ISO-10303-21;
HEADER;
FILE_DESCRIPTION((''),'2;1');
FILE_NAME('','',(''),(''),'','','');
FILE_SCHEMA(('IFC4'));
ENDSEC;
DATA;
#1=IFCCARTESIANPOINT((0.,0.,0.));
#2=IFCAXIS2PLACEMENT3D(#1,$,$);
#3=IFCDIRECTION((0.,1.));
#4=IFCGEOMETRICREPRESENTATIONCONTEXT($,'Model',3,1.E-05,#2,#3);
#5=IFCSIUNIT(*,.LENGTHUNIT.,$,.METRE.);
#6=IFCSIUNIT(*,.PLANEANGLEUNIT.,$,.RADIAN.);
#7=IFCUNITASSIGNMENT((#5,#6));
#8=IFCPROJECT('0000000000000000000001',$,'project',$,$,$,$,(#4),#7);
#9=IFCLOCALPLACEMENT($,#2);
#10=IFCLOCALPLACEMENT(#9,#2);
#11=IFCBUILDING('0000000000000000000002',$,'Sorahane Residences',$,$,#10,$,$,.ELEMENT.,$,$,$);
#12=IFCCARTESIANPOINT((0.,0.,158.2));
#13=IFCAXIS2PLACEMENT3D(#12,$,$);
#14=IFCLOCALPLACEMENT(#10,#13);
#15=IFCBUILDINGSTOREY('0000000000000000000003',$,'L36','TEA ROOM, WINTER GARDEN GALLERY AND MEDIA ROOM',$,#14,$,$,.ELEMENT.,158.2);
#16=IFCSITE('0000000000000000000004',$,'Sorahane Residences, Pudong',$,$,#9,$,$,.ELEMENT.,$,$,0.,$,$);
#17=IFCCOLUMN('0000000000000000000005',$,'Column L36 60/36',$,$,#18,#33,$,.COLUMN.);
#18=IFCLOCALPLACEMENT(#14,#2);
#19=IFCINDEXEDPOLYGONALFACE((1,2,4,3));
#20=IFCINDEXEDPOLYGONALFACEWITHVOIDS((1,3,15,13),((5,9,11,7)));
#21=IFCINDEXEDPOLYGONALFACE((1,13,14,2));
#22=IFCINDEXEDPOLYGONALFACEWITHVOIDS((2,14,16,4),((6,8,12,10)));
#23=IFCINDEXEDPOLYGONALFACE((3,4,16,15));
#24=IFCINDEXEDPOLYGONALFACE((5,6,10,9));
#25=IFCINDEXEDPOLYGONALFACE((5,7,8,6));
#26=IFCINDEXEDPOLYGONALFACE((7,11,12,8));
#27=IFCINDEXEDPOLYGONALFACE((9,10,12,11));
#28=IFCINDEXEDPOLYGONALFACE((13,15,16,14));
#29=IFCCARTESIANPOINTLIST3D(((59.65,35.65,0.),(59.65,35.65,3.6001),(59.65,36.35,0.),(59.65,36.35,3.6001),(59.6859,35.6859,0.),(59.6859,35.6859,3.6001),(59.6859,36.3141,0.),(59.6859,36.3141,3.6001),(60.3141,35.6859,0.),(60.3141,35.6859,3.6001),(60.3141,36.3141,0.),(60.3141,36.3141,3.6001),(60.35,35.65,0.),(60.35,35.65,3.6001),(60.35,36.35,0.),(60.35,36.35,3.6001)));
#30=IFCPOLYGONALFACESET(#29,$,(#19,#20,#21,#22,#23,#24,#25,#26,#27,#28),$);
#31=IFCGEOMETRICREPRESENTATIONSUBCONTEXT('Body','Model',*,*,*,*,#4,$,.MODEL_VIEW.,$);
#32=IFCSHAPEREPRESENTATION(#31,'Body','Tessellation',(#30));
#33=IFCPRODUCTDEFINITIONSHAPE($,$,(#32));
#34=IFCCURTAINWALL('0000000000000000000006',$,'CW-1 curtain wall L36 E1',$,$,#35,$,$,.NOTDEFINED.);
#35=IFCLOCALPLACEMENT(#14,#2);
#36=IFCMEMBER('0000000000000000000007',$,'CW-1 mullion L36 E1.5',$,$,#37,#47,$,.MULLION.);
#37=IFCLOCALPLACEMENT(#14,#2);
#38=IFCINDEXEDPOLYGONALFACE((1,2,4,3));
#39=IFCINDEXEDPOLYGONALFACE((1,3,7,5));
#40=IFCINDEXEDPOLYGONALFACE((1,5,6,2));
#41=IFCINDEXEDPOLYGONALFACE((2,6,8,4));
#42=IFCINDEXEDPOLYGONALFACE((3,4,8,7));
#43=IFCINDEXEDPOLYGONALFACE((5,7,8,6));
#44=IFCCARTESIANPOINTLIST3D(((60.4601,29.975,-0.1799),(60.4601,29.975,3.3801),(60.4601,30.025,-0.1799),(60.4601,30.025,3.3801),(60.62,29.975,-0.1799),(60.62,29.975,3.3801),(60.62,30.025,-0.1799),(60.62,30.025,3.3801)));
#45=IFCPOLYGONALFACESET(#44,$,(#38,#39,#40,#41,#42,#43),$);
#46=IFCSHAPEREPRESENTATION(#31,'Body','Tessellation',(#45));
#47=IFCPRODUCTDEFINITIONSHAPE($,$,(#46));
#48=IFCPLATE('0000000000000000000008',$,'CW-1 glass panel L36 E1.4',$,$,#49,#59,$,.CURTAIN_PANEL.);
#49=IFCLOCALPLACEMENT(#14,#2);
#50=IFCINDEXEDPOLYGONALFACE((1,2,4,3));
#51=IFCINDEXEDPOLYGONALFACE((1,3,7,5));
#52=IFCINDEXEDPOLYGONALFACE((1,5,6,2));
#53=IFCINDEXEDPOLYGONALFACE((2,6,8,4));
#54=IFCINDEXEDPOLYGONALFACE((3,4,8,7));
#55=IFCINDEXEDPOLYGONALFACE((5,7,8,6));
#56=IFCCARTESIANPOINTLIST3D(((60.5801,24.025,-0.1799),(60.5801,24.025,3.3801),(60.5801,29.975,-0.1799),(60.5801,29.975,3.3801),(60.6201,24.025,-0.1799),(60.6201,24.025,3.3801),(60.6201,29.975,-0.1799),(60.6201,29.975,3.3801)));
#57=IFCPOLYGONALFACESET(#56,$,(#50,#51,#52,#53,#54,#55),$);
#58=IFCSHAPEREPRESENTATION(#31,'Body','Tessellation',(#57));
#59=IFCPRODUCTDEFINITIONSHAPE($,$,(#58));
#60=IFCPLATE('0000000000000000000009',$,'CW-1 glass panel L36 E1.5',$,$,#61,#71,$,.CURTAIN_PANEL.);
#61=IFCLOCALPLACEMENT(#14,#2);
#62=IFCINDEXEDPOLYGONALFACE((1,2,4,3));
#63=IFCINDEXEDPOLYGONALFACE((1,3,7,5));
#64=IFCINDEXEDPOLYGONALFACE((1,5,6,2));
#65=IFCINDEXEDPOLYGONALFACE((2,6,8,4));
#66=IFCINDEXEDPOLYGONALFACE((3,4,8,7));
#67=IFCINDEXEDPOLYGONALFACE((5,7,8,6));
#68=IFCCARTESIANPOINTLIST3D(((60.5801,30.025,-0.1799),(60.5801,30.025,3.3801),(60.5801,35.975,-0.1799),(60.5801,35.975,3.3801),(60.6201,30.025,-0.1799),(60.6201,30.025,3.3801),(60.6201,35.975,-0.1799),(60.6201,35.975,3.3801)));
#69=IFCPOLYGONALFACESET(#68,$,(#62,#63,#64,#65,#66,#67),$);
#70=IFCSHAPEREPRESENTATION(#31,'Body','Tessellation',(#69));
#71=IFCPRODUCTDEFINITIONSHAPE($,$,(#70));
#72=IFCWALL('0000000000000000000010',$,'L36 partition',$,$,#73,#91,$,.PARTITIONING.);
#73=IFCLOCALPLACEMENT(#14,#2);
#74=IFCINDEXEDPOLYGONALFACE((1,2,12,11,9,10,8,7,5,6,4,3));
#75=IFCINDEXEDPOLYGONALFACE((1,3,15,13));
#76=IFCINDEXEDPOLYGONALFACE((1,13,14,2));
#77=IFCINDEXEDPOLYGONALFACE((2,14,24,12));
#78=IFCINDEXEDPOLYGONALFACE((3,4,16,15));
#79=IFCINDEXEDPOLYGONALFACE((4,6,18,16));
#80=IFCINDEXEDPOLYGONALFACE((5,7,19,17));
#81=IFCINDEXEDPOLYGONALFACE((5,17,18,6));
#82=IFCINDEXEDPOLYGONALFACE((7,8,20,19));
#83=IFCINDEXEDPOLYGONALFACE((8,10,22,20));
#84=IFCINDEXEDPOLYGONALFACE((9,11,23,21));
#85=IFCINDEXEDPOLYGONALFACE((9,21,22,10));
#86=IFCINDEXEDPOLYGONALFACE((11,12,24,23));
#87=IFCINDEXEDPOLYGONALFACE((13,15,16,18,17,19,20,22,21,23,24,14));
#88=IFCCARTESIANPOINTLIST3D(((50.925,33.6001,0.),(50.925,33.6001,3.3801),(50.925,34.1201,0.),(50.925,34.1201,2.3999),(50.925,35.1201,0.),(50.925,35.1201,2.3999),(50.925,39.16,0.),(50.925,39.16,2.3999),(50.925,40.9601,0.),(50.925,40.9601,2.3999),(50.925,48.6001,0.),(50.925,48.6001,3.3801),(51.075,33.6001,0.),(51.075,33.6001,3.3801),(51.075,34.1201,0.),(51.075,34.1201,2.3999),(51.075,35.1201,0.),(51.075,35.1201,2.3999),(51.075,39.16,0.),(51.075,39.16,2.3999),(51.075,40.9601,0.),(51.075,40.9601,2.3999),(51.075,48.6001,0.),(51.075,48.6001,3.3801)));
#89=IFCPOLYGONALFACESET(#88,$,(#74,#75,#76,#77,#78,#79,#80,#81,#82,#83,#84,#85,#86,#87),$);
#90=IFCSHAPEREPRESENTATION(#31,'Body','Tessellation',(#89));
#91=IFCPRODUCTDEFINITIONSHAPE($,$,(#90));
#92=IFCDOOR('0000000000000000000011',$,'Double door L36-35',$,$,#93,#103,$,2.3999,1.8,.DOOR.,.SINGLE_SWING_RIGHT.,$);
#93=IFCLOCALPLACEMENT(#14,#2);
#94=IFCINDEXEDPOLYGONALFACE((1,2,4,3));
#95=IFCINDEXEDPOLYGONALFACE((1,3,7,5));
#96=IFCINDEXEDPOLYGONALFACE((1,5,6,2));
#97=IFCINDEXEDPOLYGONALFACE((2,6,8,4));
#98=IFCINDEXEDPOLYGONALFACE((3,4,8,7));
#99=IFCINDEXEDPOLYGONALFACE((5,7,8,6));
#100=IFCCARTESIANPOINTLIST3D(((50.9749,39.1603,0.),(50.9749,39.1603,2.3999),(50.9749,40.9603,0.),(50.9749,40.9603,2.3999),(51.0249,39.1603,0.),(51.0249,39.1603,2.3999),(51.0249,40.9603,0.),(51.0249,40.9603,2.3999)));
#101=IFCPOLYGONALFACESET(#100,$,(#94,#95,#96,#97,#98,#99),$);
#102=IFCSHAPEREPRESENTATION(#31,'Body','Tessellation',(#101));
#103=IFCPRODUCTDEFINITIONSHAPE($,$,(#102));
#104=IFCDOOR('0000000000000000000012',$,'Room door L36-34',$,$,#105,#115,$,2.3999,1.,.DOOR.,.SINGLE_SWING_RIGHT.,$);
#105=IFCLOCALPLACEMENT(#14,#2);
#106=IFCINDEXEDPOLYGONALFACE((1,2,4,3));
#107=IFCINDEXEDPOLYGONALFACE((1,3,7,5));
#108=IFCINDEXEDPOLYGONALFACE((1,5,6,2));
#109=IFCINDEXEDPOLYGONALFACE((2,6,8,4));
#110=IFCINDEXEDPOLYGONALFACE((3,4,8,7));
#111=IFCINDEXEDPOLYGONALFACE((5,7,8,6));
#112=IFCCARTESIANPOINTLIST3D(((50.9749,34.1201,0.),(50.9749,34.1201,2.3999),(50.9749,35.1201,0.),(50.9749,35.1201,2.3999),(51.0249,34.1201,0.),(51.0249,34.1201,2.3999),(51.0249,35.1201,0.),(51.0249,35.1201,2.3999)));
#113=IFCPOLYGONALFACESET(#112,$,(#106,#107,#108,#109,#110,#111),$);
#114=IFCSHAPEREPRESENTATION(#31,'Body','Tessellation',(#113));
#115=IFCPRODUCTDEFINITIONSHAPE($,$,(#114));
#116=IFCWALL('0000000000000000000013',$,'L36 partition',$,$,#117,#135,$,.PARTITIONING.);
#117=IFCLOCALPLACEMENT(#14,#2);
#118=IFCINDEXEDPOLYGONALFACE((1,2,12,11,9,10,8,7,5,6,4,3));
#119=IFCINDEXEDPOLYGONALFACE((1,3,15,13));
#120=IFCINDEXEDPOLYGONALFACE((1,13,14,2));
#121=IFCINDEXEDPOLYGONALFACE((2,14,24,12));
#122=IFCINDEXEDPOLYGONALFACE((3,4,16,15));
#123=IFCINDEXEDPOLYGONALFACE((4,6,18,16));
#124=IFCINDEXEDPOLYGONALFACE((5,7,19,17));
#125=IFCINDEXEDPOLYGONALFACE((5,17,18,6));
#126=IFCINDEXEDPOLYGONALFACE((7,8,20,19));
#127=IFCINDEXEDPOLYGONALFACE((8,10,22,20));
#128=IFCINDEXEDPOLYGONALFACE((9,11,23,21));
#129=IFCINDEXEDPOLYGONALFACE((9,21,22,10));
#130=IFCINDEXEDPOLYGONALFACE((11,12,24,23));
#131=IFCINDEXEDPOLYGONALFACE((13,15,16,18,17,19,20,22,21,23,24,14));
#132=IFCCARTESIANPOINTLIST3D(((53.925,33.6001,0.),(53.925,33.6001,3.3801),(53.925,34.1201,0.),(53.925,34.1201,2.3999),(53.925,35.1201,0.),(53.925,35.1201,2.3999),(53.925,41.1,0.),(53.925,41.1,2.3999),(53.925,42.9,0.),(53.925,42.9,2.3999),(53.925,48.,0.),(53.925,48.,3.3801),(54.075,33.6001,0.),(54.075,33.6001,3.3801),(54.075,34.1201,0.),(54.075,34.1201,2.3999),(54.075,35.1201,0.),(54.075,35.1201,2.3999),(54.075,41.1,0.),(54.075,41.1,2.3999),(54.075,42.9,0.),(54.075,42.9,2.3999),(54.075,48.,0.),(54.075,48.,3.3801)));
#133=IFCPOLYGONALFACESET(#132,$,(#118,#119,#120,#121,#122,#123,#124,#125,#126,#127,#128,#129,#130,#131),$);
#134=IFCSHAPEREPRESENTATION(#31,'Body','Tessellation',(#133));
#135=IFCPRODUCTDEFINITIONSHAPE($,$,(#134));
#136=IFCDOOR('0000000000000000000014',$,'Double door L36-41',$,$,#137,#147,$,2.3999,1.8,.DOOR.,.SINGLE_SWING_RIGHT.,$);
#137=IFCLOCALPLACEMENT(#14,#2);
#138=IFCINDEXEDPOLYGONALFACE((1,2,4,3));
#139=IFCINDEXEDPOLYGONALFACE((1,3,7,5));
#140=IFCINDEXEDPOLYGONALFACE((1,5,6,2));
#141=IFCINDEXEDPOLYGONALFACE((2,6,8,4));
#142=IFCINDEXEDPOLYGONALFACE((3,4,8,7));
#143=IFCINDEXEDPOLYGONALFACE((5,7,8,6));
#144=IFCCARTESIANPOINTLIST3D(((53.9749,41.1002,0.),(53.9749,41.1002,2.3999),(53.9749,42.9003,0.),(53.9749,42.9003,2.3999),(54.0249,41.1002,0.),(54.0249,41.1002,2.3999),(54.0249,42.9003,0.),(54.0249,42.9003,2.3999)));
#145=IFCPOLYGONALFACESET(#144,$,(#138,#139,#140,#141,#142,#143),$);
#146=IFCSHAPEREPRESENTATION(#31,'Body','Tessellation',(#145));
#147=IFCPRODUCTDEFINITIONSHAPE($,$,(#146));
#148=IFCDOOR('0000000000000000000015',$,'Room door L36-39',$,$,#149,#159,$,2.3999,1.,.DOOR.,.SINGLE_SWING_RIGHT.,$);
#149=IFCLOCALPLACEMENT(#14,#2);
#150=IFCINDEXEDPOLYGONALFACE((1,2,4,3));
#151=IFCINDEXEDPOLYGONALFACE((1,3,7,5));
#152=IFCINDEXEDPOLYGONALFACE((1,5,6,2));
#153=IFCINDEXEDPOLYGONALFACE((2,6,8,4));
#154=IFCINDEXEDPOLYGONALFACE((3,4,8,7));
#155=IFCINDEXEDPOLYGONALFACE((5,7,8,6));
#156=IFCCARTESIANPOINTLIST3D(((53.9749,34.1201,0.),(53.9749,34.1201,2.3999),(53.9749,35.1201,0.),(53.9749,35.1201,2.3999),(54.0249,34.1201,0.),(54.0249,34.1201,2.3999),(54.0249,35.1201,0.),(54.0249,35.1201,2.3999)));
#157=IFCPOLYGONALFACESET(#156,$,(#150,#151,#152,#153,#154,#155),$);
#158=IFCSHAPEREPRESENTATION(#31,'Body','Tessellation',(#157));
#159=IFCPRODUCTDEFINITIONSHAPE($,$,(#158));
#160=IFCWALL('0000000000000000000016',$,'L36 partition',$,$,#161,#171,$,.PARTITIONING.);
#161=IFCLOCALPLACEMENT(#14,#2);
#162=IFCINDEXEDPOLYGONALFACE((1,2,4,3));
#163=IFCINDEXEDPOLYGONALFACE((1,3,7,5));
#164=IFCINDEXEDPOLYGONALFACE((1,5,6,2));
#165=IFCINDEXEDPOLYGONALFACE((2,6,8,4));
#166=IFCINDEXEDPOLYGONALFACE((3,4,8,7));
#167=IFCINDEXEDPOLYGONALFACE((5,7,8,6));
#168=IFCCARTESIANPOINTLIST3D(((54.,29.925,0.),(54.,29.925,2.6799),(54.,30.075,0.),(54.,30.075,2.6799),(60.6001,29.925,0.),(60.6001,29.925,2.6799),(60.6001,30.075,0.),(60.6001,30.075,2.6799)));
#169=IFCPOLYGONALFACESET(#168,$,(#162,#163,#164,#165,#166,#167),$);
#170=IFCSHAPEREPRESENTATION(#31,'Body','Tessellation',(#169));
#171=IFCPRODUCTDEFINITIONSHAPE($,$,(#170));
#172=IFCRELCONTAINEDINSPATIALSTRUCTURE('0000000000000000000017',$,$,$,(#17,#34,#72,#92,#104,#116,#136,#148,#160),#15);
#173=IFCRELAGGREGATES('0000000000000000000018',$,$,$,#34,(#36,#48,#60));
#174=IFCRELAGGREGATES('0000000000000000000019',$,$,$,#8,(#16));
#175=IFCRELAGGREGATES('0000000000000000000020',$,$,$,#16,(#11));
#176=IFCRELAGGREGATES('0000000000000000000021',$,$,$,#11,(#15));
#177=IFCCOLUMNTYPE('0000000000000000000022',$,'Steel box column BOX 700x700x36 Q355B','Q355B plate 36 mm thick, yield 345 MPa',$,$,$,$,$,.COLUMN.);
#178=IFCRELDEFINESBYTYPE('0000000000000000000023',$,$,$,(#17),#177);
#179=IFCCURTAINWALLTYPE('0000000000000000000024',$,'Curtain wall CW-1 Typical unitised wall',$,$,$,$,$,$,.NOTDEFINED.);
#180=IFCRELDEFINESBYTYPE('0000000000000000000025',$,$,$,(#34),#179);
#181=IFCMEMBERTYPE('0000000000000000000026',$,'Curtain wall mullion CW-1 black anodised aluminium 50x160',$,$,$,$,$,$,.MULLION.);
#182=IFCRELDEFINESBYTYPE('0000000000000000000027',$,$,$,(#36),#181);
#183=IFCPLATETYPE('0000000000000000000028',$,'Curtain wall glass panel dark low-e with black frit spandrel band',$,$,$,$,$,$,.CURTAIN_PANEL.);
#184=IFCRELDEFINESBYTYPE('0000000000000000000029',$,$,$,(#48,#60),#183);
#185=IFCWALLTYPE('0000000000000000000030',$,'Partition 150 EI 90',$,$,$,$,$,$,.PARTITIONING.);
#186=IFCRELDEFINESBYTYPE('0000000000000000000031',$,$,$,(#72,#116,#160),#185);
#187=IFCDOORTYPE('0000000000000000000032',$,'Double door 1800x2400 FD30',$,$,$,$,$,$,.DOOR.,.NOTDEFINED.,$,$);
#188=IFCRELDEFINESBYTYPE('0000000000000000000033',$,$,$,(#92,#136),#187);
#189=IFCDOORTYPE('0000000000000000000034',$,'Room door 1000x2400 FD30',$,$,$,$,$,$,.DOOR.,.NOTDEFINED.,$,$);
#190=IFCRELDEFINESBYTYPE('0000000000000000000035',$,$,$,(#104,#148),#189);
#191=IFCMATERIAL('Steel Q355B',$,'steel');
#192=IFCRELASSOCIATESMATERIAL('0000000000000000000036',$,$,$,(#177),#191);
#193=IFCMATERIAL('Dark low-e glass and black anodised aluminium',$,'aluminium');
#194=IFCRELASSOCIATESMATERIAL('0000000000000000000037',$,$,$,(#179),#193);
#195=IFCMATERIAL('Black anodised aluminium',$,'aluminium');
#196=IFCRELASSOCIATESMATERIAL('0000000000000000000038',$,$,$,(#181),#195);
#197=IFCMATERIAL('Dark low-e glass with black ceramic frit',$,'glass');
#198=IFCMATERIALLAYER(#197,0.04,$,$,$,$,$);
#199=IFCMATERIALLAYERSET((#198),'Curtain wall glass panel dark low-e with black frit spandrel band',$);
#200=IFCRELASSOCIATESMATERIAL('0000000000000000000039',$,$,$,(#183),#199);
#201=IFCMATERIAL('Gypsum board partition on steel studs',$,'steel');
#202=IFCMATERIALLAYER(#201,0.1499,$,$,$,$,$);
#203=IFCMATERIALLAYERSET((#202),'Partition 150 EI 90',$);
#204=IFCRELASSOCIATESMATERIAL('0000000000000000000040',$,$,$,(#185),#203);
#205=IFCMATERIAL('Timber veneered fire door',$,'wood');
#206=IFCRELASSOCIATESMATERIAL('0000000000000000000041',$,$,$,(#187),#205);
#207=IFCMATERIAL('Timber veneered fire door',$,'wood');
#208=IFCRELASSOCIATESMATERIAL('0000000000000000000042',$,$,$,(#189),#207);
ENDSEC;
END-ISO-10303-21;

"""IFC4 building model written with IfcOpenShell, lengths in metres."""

from ifc_helpers import new_model, si_unit, direction, frame, frame_2d, origin, origin_2d, place, context, subcontext, project, spatial, rectangle, hollow_rectangle, extrude, material, layer, layer_set, material_profile, profile_set, type_object, element, fill, aggregate, save


model = new_model("IFC4")

# Units and contexts
model_context = context("Model", 3, precision=1e-05, world=origin(), true_north=direction((0.0, 1.0)))
body_context = subcontext(model_context, "Body", "Model", "MODEL_VIEW")
ifc_project = project(units=[si_unit("LENGTHUNIT", "METRE"), si_unit("PLANEANGLEUNIT", "RADIAN")], contexts=[model_context])

# Site, building, storey
site_placement = place(None, origin())
site = spatial("IfcSite", under=ifc_project, at=site_placement, Name="Sorahane Residences, Pudong", CompositionType="ELEMENT", RefElevation=0.0)
building_placement = place(site_placement, origin())
building = spatial("IfcBuilding", under=site, at=building_placement, Name="Sorahane Residences", CompositionType="ELEMENT")
storey_placement = place(building_placement, frame((0.0, 0.0, 158.2)))
storey = spatial("IfcBuildingStorey", under=building, at=storey_placement, Name="L36", Description="TEA ROOM, WINTER GARDEN GALLERY AND MEDIA ROOM", CompositionType="ELEMENT", Elevation=158.2)

# Column
ifc_material_1 = material(Name="Steel Q355B", Category="steel")
ifc_material_profile_1 = material_profile(ifc_material_1, hollow_rectangle(XDim=0.7, YDim=0.7, WallThickness=0.0359, at=origin_2d()), Name="BOX 700x700x36")
ifc_profile_set_1 = profile_set([ifc_material_profile_1], Name="Steel Q355B")
column_type = type_object("IfcColumnType", Name="Steel box column BOX 700x700x36 Q355B", Description="Q355B plate 36 mm thick, yield 345 MPa", PredefinedType="COLUMN", material=ifc_profile_set_1)
column_placement = place(storey_placement, frame((60.0, 36.0, 0.0), z_axis=(0.0, 0.0, 1.0), x_axis=(1.0, 0.0, 0.0)))
element("IfcColumn", 1, at=column_placement, inside=storey, type_object=column_type, Name="Column L36 60/36", PredefinedType="COLUMN", context=body_context, shape_type="SweptSolid", body=[
    extrude(hollow_rectangle(XDim=0.7, YDim=0.7, WallThickness=0.0359, at=origin_2d()), origin(), (0.0, 0.0, 1.0), 3.6001),
])

# Curtain wall, member, plates
ifc_material_2 = material(Name="Dark low-e glass and black anodised aluminium", Category="aluminium")
curtain_wall_type = type_object("IfcCurtainWallType", Name="Curtain wall CW-1 Typical unitised wall", PredefinedType="NOTDEFINED", material=ifc_material_2)
curtain_wall_placement = place(storey_placement, origin())
curtain_wall = element("IfcCurtainWall", 2, at=curtain_wall_placement, inside=storey, type_object=curtain_wall_type, Name="CW-1 curtain wall L36 E1", PredefinedType="NOTDEFINED")
ifc_material_3 = material(Name="Black anodised aluminium", Category="aluminium")
ifc_material_profile_2 = material_profile(ifc_material_3, rectangle(XDim=0.1599, YDim=0.05, at=origin_2d()), Name="Curtain wall mullion CW-1 black anodised aluminium 50x160")
ifc_profile_set_2 = profile_set([ifc_material_profile_2], Name="Black anodised aluminium")
member_type = type_object("IfcMemberType", Name="Curtain wall mullion CW-1 black anodised aluminium 50x160", PredefinedType="MULLION", material=ifc_profile_set_2)
member_placement = place(storey_placement, frame((60.54, 30.0, -0.1799), z_axis=(0.0, 0.0, 1.0), x_axis=(1.0, 0.0, 0.0)))
member = element("IfcMember", 3, at=member_placement, type_object=member_type, Name="CW-1 mullion L36 E1.5", PredefinedType="MULLION", context=body_context, shape_type="SweptSolid", body=[
    extrude(rectangle(XDim=0.1599, YDim=0.05, at=origin_2d()), origin(), (0.0, 0.0, 1.0), 3.5601),
])
ifc_material_4 = material(Name="Dark low-e glass with black ceramic frit", Category="glass")
ifc_layer_1 = layer(ifc_material_4, 0.04)
ifc_layer_set_1 = layer_set([ifc_layer_1], Name="Curtain wall glass panel dark low-e with black frit spandrel band")
plate_type = type_object("IfcPlateType", Name="Curtain wall glass panel dark low-e with black frit spandrel band", PredefinedType="CURTAIN_PANEL", material=ifc_layer_set_1)
plate_1_placement = place(storey_placement, frame((60.6001, 27.0, -0.1799), z_axis=(0.0, 0.0, 1.0), x_axis=(0.0, 1.0, 0.0)))
plate_1 = element("IfcPlate", 4, at=plate_1_placement, type_object=plate_type, Name="CW-1 glass panel L36 E1.4", PredefinedType="CURTAIN_PANEL", context=body_context, shape_type="SweptSolid", body=[
    extrude(rectangle(XDim=5.95, YDim=0.04, at=origin_2d()), origin(), (0.0, 0.0, 1.0), 3.5601),
])
plate_2_placement = place(storey_placement, frame((60.6001, 33.0, -0.1799), z_axis=(0.0, 0.0, 1.0), x_axis=(0.0, 1.0, 0.0)))
plate_2 = element("IfcPlate", 5, at=plate_2_placement, type_object=plate_type, Name="CW-1 glass panel L36 E1.5", PredefinedType="CURTAIN_PANEL", context=body_context, shape_type="SweptSolid", body=[
    extrude(rectangle(XDim=5.95, YDim=0.04, at=origin_2d()), origin(), (0.0, 0.0, 1.0), 3.5601),
])
aggregate(curtain_wall, [member, plate_1, plate_2])

# Walls, openings, doors
ifc_material_5 = material(Name="Gypsum board partition on steel studs", Category="steel")
ifc_layer_2 = layer(ifc_material_5, 0.1499)
ifc_layer_set_2 = layer_set([ifc_layer_2], Name="Partition 150 EI 90")
wall_type_1 = type_object("IfcWallType", Name="Partition 150 EI 90", PredefinedType="PARTITIONING", material=ifc_layer_set_2)
wall_1_placement = place(storey_placement, frame((51.0, 33.6001, 0.0), z_axis=(0.0, 0.0, 1.0), x_axis=(0.0, 1.0, 0.0)))
wall_1 = element("IfcWall", 6, at=wall_1_placement, inside=storey, type_object=wall_type_1, Name="L36 partition", PredefinedType="PARTITIONING", context=body_context, shape_type="SweptSolid", body=[
    extrude(rectangle(XDim=15.0, YDim=0.1499, at=frame_2d((7.5, 0.0))), origin(), (0.0, 0.0, 1.0), 3.3801),
])
opening_1_placement = place(wall_1_placement, frame((0.52, 0.0, 0.0)))
opening_1 = element("IfcOpeningElement", 7, at=opening_1_placement, cuts=wall_1, PredefinedType="OPENING", context=body_context, shape_type="SweptSolid", body=[
    extrude(rectangle(XDim=1.0, YDim=2.3999, at=frame_2d((0.5, 1.2))), frame((0.0, 0.085, 0.0), z_axis=(0.0, -1.0, 0.0), x_axis=(1.0, 0.0, 0.0)), (0.0, 0.0, 1.0), 0.1699),
])
opening_2_placement = place(wall_1_placement, frame((5.5601, 0.0, 0.0)))
opening_2 = element("IfcOpeningElement", 8, at=opening_2_placement, cuts=wall_1, PredefinedType="OPENING", context=body_context, shape_type="SweptSolid", body=[
    extrude(rectangle(XDim=1.8, YDim=2.3999, at=frame_2d((0.8999, 1.2))), frame((0.0, 0.085, 0.0), z_axis=(0.0, -1.0, 0.0), x_axis=(1.0, 0.0, 0.0)), (0.0, 0.0, 1.0), 0.1699),
])
ifc_material_6 = material(Name="Timber veneered fire door", Category="wood")
door_type_1 = type_object("IfcDoorType", Name="Double door 1800x2400 FD30", OperationType="NOTDEFINED", PredefinedType="DOOR", material=ifc_material_6)
door_1_placement = place(opening_2_placement, frame((1.8, 0.0, 0.0), z_axis=(0.0, 0.0, 1.0), x_axis=(-1.0, 0.0, 0.0)))
door_1 = element("IfcDoor", 9, at=door_1_placement, inside=storey, type_object=door_type_1, Name="Double door L36-35", OperationType="SINGLE_SWING_RIGHT", OverallHeight=2.3999, OverallWidth=1.8, PredefinedType="DOOR", context=body_context, shape_type="SweptSolid", body=[
    extrude(rectangle(XDim=1.8, YDim=2.3999, at=frame_2d((0.8999, 1.2))), frame((0.0, 0.0249, 0.0), z_axis=(0.0, -1.0, 0.0), x_axis=(1.0, 0.0, 0.0)), (0.0, 0.0, 1.0), 0.05),
])
fill(opening_2, door_1)
ifc_material_7 = material(Name="Timber veneered fire door", Category="wood")
door_type_2 = type_object("IfcDoorType", Name="Room door 1000x2400 FD30", OperationType="NOTDEFINED", PredefinedType="DOOR", material=ifc_material_7)
door_2_placement = place(opening_1_placement, frame((1.0, 0.0, 0.0), z_axis=(0.0, 0.0, 1.0), x_axis=(-1.0, 0.0, 0.0)))
door_2 = element("IfcDoor", 10, at=door_2_placement, inside=storey, type_object=door_type_2, Name="Room door L36-34", OperationType="SINGLE_SWING_RIGHT", OverallHeight=2.3999, OverallWidth=1.0, PredefinedType="DOOR", context=body_context, shape_type="SweptSolid", body=[
    extrude(rectangle(XDim=1.0, YDim=2.3999, at=frame_2d((0.5, 1.2))), frame((0.0, 0.0249, 0.0), z_axis=(0.0, -1.0, 0.0), x_axis=(1.0, 0.0, 0.0)), (0.0, 0.0, 1.0), 0.05),
])
fill(opening_1, door_2)
wall_2_placement = place(storey_placement, frame((54.0, 33.6001, 0.0), z_axis=(0.0, 0.0, 1.0), x_axis=(0.0, 1.0, 0.0)))
wall_2 = element("IfcWall", 11, at=wall_2_placement, inside=storey, type_object=wall_type_1, Name="L36 partition", PredefinedType="PARTITIONING", context=body_context, shape_type="SweptSolid", body=[
    extrude(rectangle(XDim=14.3999, YDim=0.1499, at=frame_2d((7.2, 0.0))), origin(), (0.0, 0.0, 1.0), 3.3801),
])
opening_3_placement = place(wall_2_placement, frame((0.52, 0.0, 0.0)))
opening_3 = element("IfcOpeningElement", 12, at=opening_3_placement, cuts=wall_2, PredefinedType="OPENING", context=body_context, shape_type="SweptSolid", body=[
    extrude(rectangle(XDim=1.0, YDim=2.3999, at=frame_2d((0.5, 1.2))), frame((0.0, 0.085, 0.0), z_axis=(0.0, -1.0, 0.0), x_axis=(1.0, 0.0, 0.0)), (0.0, 0.0, 1.0), 0.1699),
])
opening_4_placement = place(wall_2_placement, frame((7.5, 0.0, 0.0)))
opening_4 = element("IfcOpeningElement", 13, at=opening_4_placement, cuts=wall_2, PredefinedType="OPENING", context=body_context, shape_type="SweptSolid", body=[
    extrude(rectangle(XDim=1.8, YDim=2.3999, at=frame_2d((0.8999, 1.2))), frame((0.0, 0.085, 0.0), z_axis=(0.0, -1.0, 0.0), x_axis=(1.0, 0.0, 0.0)), (0.0, 0.0, 1.0), 0.1699),
])
door_3_placement = place(opening_4_placement, frame((1.8, 0.0, 0.0), z_axis=(0.0, 0.0, 1.0), x_axis=(-1.0, 0.0, 0.0)))
door_3 = element("IfcDoor", 14, at=door_3_placement, inside=storey, type_object=door_type_1, Name="Double door L36-41", OperationType="SINGLE_SWING_RIGHT", OverallHeight=2.3999, OverallWidth=1.8, PredefinedType="DOOR", context=body_context, shape_type="SweptSolid", body=[
    extrude(rectangle(XDim=1.8, YDim=2.3999, at=frame_2d((0.8999, 1.2))), frame((0.0, 0.0249, 0.0), z_axis=(0.0, -1.0, 0.0), x_axis=(1.0, 0.0, 0.0)), (0.0, 0.0, 1.0), 0.05),
])
fill(opening_4, door_3)
door_4_placement = place(opening_3_placement, frame((1.0, 0.0, 0.0), z_axis=(0.0, 0.0, 1.0), x_axis=(-1.0, 0.0, 0.0)))
door_4 = element("IfcDoor", 15, at=door_4_placement, inside=storey, type_object=door_type_2, Name="Room door L36-39", OperationType="SINGLE_SWING_RIGHT", OverallHeight=2.3999, OverallWidth=1.0, PredefinedType="DOOR", context=body_context, shape_type="SweptSolid", body=[
    extrude(rectangle(XDim=1.0, YDim=2.3999, at=frame_2d((0.5, 1.2))), frame((0.0, 0.0249, 0.0), z_axis=(0.0, -1.0, 0.0), x_axis=(1.0, 0.0, 0.0)), (0.0, 0.0, 1.0), 0.05),
])
fill(opening_3, door_4)

# Wall
wall_3_placement = place(storey_placement, frame((54.0, 30.0, 0.0), z_axis=(0.0, 0.0, 1.0), x_axis=(1.0, 0.0, 0.0)))
element("IfcWall", 16, at=wall_3_placement, inside=storey, type_object=wall_type_1, Name="L36 partition", PredefinedType="PARTITIONING", context=body_context, shape_type="SweptSolid", body=[
    extrude(rectangle(XDim=6.6001, YDim=0.1499, at=frame_2d((3.3, 0.0))), origin(), (0.0, 0.0, 1.0), 2.6799),
])

save(model, "model.ifc")
